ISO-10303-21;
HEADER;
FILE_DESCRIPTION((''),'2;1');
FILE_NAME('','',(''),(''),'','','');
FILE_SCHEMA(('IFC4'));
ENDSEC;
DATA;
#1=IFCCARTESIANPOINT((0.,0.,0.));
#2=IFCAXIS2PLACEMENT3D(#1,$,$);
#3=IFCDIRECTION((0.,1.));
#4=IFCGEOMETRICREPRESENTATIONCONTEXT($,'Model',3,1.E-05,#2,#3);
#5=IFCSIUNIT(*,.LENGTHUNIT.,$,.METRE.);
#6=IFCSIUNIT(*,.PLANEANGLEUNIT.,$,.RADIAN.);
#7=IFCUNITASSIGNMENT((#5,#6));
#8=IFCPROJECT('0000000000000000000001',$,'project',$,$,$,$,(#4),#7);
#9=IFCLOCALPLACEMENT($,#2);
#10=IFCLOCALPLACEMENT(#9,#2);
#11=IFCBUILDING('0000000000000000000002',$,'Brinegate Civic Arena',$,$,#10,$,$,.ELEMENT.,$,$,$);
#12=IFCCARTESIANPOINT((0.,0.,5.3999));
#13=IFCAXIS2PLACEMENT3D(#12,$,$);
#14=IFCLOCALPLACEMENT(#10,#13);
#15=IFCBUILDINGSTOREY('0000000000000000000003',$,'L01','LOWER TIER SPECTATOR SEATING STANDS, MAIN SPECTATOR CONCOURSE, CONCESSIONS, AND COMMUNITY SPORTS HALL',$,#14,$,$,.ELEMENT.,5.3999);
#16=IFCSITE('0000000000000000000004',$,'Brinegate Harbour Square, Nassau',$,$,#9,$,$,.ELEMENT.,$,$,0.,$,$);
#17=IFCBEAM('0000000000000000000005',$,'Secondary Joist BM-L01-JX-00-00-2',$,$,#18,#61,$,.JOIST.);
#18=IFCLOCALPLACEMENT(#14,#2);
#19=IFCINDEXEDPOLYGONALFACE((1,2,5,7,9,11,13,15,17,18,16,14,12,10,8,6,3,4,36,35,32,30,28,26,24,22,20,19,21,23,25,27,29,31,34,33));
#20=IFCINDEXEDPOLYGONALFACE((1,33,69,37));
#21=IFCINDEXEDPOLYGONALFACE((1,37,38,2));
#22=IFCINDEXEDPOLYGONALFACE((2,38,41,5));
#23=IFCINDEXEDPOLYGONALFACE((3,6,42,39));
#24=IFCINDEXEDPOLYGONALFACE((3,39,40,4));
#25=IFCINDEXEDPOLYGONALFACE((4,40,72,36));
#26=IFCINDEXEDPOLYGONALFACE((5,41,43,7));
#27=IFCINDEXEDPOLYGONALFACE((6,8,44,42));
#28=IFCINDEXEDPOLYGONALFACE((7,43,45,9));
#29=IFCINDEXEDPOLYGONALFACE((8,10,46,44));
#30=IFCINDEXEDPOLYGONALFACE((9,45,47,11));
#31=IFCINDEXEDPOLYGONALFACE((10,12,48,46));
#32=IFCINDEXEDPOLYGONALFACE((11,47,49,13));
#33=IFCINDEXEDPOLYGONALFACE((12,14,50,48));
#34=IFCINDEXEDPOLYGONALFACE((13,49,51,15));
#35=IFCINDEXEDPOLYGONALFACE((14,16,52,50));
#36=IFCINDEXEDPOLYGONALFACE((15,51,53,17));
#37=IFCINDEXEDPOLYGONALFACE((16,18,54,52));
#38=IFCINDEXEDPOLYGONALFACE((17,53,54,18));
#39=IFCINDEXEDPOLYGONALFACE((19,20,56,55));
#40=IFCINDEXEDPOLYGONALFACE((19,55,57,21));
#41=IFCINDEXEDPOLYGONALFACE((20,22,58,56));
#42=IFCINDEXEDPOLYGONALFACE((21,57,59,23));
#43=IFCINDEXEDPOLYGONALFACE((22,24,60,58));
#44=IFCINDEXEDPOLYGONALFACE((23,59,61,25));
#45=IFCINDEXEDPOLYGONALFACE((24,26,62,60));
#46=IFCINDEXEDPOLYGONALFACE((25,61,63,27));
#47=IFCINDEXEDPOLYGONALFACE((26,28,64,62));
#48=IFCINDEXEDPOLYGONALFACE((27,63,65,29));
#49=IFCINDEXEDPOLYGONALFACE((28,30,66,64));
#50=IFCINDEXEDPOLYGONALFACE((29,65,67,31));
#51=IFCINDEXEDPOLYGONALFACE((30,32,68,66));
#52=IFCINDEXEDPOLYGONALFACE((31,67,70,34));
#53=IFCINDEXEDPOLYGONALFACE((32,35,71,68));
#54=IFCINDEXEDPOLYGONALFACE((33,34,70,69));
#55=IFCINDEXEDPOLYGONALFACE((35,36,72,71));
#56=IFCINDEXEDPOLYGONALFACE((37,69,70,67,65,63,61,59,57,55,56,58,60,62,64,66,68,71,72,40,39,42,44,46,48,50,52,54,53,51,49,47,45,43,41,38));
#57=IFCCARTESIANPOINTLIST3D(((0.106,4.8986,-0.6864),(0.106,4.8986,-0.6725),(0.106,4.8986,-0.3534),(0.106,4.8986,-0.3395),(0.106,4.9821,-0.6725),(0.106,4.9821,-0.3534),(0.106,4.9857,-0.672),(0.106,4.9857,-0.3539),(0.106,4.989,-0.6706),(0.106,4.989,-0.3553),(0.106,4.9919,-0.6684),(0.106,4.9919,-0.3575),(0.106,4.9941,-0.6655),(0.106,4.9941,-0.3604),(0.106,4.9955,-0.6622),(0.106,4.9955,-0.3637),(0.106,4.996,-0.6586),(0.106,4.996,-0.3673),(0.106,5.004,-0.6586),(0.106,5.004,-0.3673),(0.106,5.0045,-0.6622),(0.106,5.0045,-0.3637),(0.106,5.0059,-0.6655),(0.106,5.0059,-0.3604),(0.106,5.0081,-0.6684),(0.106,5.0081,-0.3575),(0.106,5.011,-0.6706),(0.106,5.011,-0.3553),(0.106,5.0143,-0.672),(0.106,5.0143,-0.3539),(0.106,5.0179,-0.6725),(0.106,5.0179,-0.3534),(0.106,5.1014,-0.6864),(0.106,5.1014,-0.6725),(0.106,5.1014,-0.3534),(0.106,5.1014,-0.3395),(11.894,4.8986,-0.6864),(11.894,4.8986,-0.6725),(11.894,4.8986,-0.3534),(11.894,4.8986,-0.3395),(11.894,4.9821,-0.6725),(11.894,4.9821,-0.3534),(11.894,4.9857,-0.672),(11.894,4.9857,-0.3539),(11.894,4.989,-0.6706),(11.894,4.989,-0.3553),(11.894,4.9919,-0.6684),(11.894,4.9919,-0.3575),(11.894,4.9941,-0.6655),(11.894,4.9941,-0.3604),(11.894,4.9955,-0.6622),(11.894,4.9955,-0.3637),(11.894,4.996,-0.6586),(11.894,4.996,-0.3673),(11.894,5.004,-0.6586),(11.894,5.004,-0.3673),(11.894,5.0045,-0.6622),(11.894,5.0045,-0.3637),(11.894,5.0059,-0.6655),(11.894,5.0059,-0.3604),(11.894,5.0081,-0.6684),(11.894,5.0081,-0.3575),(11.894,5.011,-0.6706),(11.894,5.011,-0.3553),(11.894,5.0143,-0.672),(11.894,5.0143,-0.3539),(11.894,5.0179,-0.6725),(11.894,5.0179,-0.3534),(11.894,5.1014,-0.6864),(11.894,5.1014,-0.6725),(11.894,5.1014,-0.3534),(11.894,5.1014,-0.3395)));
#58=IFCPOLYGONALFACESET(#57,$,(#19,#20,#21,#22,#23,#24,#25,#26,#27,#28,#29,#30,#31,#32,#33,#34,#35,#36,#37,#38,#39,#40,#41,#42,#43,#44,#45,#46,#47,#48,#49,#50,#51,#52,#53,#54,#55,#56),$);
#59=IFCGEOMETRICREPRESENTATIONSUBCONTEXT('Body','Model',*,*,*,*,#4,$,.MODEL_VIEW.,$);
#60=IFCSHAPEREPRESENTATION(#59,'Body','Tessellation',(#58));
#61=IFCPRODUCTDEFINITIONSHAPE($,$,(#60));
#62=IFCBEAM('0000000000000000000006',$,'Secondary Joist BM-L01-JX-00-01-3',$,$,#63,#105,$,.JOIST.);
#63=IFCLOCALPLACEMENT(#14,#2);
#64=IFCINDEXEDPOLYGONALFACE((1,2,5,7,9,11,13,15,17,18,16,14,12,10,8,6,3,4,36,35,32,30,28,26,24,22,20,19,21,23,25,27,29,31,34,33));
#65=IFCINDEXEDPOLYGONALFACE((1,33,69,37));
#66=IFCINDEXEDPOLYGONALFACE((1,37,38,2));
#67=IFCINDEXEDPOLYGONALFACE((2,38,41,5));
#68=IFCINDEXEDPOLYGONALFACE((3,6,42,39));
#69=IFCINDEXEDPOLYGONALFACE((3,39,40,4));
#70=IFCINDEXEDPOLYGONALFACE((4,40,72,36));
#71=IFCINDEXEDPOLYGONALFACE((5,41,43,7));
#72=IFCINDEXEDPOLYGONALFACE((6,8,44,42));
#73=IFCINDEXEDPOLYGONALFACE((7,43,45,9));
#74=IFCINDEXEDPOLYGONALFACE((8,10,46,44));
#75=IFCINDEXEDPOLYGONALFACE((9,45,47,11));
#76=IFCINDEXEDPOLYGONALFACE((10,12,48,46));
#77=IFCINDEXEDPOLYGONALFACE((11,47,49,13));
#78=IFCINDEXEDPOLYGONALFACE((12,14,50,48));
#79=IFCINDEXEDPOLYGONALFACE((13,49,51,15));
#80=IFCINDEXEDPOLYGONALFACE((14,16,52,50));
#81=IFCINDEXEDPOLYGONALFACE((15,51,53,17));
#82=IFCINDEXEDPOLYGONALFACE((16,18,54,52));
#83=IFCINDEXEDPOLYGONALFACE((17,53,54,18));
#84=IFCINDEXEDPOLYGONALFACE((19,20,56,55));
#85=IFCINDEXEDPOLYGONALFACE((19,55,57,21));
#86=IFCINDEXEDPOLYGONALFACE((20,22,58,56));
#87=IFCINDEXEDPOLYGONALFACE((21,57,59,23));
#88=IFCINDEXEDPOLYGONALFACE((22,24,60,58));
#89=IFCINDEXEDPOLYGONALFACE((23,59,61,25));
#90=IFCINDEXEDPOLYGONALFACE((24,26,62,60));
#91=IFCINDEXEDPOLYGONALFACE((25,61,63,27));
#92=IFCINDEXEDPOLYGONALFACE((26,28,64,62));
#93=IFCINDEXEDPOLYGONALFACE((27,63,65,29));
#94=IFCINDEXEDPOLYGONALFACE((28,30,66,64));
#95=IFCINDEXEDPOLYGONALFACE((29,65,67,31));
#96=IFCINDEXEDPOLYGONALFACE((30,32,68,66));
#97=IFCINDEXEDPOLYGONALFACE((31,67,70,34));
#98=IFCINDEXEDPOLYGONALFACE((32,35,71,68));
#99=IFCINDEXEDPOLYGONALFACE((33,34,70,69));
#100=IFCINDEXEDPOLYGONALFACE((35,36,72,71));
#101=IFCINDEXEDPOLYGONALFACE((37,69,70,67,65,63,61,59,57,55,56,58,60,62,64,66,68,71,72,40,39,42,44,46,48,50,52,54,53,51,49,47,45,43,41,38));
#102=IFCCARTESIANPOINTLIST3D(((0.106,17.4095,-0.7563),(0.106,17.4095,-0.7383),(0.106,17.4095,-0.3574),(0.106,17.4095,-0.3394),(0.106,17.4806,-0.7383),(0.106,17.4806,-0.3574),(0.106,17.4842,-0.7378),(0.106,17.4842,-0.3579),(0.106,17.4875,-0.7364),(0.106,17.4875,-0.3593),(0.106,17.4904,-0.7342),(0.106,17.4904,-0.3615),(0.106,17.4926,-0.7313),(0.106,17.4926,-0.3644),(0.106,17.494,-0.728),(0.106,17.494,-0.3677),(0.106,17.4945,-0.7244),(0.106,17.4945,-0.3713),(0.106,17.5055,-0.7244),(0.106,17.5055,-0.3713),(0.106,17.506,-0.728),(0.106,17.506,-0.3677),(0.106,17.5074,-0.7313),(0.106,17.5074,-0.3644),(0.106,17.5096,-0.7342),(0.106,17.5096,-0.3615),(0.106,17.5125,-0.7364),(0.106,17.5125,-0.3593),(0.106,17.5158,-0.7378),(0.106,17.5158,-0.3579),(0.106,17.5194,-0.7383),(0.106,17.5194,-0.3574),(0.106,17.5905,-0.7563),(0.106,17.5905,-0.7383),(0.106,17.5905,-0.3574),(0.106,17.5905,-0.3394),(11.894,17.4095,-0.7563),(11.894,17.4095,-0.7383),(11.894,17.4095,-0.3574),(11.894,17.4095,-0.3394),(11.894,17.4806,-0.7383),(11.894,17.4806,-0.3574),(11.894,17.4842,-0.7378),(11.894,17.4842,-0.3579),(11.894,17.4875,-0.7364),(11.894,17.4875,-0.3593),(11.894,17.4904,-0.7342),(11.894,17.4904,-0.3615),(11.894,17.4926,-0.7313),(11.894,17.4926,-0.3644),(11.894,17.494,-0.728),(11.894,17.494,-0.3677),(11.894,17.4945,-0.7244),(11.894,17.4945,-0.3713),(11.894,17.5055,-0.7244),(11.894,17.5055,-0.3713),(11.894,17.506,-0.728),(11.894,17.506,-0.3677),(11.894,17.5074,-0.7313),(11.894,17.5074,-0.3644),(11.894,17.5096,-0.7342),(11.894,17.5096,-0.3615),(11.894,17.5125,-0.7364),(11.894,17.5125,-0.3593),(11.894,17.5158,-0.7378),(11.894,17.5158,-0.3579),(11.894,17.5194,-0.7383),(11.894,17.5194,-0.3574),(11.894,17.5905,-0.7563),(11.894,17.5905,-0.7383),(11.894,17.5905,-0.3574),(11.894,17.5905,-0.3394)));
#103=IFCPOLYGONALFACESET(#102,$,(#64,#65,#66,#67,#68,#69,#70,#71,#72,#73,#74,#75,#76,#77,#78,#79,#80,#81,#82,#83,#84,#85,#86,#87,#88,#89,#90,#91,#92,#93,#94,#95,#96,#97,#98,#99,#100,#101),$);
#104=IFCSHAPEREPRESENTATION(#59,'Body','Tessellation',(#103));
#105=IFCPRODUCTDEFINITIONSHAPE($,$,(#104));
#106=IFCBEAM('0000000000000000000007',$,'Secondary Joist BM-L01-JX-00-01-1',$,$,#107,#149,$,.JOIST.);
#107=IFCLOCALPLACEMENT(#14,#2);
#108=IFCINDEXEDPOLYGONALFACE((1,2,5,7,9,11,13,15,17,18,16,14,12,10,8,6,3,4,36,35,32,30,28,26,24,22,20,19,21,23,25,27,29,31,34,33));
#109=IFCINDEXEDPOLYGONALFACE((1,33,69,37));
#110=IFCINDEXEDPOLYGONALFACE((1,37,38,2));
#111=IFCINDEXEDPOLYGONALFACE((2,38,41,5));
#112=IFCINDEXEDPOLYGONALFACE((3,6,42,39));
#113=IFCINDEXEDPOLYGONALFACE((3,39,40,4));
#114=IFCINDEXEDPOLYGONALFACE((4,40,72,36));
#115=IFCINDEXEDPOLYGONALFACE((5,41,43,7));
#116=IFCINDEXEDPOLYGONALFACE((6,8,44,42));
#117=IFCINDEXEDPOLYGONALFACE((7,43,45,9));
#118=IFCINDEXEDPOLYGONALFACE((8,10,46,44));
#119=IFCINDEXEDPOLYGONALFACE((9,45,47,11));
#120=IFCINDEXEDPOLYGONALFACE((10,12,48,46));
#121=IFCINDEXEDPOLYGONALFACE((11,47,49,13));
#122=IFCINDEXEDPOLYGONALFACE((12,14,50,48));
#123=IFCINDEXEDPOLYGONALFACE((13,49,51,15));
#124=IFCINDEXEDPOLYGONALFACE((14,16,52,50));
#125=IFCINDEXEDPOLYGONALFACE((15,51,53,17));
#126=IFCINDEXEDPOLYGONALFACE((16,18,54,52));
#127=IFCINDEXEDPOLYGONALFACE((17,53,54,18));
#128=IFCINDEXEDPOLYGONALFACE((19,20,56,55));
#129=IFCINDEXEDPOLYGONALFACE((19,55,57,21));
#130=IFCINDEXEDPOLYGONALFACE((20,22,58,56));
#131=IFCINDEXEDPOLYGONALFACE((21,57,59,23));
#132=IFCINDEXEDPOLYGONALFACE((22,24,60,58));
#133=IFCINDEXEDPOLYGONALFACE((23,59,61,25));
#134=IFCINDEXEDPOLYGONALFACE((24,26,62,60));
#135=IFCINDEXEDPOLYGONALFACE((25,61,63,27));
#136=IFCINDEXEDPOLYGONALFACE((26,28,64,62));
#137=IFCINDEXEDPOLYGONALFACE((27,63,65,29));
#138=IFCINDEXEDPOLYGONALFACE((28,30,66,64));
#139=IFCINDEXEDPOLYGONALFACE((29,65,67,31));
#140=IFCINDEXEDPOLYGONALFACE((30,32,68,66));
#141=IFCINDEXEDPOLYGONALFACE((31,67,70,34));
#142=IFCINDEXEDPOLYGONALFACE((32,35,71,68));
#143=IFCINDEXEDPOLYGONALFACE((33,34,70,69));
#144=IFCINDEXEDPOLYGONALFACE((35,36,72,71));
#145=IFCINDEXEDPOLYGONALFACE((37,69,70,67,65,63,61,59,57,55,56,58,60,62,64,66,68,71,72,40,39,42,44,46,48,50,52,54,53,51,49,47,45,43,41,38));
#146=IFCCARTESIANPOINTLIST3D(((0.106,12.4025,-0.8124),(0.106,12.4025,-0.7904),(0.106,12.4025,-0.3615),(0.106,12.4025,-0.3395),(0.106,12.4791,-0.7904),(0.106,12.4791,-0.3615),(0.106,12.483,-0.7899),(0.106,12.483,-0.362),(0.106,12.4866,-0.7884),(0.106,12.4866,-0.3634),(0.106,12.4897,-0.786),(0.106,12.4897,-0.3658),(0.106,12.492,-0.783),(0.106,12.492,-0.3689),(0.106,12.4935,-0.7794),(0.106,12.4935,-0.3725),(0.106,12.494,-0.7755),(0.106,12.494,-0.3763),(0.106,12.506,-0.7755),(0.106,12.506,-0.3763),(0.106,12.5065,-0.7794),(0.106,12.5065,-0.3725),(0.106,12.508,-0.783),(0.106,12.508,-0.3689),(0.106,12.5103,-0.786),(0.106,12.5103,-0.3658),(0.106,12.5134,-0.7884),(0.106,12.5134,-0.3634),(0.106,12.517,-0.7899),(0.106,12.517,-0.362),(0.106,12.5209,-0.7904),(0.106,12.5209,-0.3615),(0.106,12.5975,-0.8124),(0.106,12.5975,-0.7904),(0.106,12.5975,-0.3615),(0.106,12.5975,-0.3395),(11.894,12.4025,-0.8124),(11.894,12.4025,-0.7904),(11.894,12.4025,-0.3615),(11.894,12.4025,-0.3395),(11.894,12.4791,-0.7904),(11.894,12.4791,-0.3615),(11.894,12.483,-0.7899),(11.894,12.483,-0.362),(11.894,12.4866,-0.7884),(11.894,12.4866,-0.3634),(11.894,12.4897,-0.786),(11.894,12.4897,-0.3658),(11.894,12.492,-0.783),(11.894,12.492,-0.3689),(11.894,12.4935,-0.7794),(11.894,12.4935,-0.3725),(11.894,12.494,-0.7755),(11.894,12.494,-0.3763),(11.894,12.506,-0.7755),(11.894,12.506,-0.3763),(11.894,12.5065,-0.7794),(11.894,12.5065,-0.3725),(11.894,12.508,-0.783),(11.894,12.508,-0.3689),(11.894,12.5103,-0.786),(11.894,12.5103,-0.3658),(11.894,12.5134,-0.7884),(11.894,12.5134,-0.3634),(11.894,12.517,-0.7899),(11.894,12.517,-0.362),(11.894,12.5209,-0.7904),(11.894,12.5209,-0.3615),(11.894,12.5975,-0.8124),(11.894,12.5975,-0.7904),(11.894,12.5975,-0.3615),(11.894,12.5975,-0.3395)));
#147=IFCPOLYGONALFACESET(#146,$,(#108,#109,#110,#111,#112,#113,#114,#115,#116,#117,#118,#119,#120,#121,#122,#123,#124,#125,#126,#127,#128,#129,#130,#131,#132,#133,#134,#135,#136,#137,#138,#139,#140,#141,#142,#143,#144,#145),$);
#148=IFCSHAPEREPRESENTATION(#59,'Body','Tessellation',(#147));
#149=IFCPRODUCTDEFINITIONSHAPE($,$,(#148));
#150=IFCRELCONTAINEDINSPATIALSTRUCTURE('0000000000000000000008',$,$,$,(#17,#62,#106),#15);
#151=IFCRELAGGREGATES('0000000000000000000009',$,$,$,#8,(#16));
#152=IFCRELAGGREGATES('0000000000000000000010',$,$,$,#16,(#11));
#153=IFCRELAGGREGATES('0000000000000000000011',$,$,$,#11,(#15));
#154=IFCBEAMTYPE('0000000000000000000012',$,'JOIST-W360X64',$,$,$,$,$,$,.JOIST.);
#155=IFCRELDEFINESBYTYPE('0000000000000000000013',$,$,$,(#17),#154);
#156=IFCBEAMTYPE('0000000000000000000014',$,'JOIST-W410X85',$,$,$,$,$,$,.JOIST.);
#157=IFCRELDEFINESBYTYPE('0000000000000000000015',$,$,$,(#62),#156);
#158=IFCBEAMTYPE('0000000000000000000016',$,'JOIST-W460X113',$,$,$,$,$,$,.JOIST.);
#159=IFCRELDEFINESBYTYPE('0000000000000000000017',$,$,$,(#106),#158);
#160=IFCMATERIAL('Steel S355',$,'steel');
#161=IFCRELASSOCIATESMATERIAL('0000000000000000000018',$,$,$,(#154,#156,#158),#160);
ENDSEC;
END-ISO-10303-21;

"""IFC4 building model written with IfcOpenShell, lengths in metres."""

from ifc_helpers import new_model, si_unit, direction, frame, origin, origin_2d, place, context, subcontext, project, spatial, i_section, extrude, material, material_profile, profile_set, type_object, element, save


model = new_model("IFC4")

# Units and contexts
model_context = context("Model", 3, precision=1e-05, world=origin(), true_north=direction((0.0, 1.0)))
body_context = subcontext(model_context, "Body", "Model", "MODEL_VIEW")
ifc_project = project(units=[si_unit("LENGTHUNIT", "METRE"), si_unit("PLANEANGLEUNIT", "RADIAN")], contexts=[model_context])

# Site, building, storey
site_placement = place(None, origin())
site = spatial("IfcSite", under=ifc_project, at=site_placement, Name="Brinegate Harbour Square, Nassau", CompositionType="ELEMENT", RefElevation=0.0)
building_placement = place(site_placement, origin())
building = spatial("IfcBuilding", under=site, at=building_placement, Name="Brinegate Civic Arena", CompositionType="ELEMENT")
storey_placement = place(building_placement, frame((0.0, 0.0, 5.3999)))
storey = spatial("IfcBuildingStorey", under=building, at=storey_placement, Name="L01", Description="LOWER TIER SPECTATOR SEATING STANDS, MAIN SPECTATOR CONCOURSE, CONCESSIONS, AND COMMUNITY SPORTS HALL", CompositionType="ELEMENT", Elevation=5.3999)

# Shared definitions
ifc_material_1 = material(Name="Steel S355", Category="steel")

# Beams
ifc_material_profile_1 = material_profile(ifc_material_1, i_section(OverallWidth=0.2029, OverallDepth=0.3469, WebThickness=0.0081, FlangeThickness=0.0139, FilletRadius=0.0139, at=origin_2d()), Name="W360X64")
ifc_profile_set_1 = profile_set([ifc_material_profile_1], Name="Steel S355")
beam_type_1 = type_object("IfcBeamType", Name="JOIST-W360X64", PredefinedType="JOIST", material=ifc_profile_set_1)
beam_1_placement = place(storey_placement, frame((0.106, 5.0, -0.5129), z_axis=(1.0, 0.0, 0.0), x_axis=(0.0, 1.0, 0.0)))
element("IfcBeam", 1, at=beam_1_placement, inside=storey, type_object=beam_type_1, Name="Secondary Joist BM-L01-JX-00-00-2", PredefinedType="JOIST", context=body_context, shape_type="SweptSolid", body=[
    extrude(i_section(OverallWidth=0.2029, OverallDepth=0.3469, WebThickness=0.0081, FlangeThickness=0.0139, FilletRadius=0.0139, at=origin_2d()), origin(), (0.0, 0.0, 1.0), 11.7881),
])
ifc_material_profile_2 = material_profile(ifc_material_1, i_section(OverallWidth=0.1809, OverallDepth=0.417, WebThickness=0.011, FlangeThickness=0.0181, FilletRadius=0.0139, at=origin_2d()), Name="W410X85")
ifc_profile_set_2 = profile_set([ifc_material_profile_2], Name="Steel S355")
beam_type_2 = type_object("IfcBeamType", Name="JOIST-W410X85", PredefinedType="JOIST", material=ifc_profile_set_2)
beam_2_placement = place(storey_placement, frame((0.106, 17.5, -0.5479), z_axis=(1.0, 0.0, 0.0), x_axis=(0.0, 1.0, 0.0)))
element("IfcBeam", 2, at=beam_2_placement, inside=storey, type_object=beam_type_2, Name="Secondary Joist BM-L01-JX-00-01-3", PredefinedType="JOIST", context=body_context, shape_type="SweptSolid", body=[
    extrude(i_section(OverallWidth=0.1809, OverallDepth=0.417, WebThickness=0.011, FlangeThickness=0.0181, FilletRadius=0.0139, at=origin_2d()), origin(), (0.0, 0.0, 1.0), 11.7881),
])
ifc_material_profile_3 = material_profile(ifc_material_1, i_section(OverallWidth=0.1951, OverallDepth=0.4729, WebThickness=0.012, FlangeThickness=0.022, FilletRadius=0.0149, at=origin_2d()), Name="W460X113")
ifc_profile_set_3 = profile_set([ifc_material_profile_3], Name="Steel S355")
beam_type_3 = type_object("IfcBeamType", Name="JOIST-W460X113", PredefinedType="JOIST", material=ifc_profile_set_3)
beam_3_placement = place(storey_placement, frame((0.106, 12.5, -0.5759), z_axis=(1.0, 0.0, 0.0), x_axis=(0.0, 1.0, 0.0)))
element("IfcBeam", 3, at=beam_3_placement, inside=storey, type_object=beam_type_3, Name="Secondary Joist BM-L01-JX-00-01-1", PredefinedType="JOIST", context=body_context, shape_type="SweptSolid", body=[
    extrude(i_section(OverallWidth=0.1951, OverallDepth=0.4729, WebThickness=0.012, FlangeThickness=0.022, FilletRadius=0.0149, at=origin_2d()), origin(), (0.0, 0.0, 1.0), 11.7881),
])

save(model, "model.ifc")
